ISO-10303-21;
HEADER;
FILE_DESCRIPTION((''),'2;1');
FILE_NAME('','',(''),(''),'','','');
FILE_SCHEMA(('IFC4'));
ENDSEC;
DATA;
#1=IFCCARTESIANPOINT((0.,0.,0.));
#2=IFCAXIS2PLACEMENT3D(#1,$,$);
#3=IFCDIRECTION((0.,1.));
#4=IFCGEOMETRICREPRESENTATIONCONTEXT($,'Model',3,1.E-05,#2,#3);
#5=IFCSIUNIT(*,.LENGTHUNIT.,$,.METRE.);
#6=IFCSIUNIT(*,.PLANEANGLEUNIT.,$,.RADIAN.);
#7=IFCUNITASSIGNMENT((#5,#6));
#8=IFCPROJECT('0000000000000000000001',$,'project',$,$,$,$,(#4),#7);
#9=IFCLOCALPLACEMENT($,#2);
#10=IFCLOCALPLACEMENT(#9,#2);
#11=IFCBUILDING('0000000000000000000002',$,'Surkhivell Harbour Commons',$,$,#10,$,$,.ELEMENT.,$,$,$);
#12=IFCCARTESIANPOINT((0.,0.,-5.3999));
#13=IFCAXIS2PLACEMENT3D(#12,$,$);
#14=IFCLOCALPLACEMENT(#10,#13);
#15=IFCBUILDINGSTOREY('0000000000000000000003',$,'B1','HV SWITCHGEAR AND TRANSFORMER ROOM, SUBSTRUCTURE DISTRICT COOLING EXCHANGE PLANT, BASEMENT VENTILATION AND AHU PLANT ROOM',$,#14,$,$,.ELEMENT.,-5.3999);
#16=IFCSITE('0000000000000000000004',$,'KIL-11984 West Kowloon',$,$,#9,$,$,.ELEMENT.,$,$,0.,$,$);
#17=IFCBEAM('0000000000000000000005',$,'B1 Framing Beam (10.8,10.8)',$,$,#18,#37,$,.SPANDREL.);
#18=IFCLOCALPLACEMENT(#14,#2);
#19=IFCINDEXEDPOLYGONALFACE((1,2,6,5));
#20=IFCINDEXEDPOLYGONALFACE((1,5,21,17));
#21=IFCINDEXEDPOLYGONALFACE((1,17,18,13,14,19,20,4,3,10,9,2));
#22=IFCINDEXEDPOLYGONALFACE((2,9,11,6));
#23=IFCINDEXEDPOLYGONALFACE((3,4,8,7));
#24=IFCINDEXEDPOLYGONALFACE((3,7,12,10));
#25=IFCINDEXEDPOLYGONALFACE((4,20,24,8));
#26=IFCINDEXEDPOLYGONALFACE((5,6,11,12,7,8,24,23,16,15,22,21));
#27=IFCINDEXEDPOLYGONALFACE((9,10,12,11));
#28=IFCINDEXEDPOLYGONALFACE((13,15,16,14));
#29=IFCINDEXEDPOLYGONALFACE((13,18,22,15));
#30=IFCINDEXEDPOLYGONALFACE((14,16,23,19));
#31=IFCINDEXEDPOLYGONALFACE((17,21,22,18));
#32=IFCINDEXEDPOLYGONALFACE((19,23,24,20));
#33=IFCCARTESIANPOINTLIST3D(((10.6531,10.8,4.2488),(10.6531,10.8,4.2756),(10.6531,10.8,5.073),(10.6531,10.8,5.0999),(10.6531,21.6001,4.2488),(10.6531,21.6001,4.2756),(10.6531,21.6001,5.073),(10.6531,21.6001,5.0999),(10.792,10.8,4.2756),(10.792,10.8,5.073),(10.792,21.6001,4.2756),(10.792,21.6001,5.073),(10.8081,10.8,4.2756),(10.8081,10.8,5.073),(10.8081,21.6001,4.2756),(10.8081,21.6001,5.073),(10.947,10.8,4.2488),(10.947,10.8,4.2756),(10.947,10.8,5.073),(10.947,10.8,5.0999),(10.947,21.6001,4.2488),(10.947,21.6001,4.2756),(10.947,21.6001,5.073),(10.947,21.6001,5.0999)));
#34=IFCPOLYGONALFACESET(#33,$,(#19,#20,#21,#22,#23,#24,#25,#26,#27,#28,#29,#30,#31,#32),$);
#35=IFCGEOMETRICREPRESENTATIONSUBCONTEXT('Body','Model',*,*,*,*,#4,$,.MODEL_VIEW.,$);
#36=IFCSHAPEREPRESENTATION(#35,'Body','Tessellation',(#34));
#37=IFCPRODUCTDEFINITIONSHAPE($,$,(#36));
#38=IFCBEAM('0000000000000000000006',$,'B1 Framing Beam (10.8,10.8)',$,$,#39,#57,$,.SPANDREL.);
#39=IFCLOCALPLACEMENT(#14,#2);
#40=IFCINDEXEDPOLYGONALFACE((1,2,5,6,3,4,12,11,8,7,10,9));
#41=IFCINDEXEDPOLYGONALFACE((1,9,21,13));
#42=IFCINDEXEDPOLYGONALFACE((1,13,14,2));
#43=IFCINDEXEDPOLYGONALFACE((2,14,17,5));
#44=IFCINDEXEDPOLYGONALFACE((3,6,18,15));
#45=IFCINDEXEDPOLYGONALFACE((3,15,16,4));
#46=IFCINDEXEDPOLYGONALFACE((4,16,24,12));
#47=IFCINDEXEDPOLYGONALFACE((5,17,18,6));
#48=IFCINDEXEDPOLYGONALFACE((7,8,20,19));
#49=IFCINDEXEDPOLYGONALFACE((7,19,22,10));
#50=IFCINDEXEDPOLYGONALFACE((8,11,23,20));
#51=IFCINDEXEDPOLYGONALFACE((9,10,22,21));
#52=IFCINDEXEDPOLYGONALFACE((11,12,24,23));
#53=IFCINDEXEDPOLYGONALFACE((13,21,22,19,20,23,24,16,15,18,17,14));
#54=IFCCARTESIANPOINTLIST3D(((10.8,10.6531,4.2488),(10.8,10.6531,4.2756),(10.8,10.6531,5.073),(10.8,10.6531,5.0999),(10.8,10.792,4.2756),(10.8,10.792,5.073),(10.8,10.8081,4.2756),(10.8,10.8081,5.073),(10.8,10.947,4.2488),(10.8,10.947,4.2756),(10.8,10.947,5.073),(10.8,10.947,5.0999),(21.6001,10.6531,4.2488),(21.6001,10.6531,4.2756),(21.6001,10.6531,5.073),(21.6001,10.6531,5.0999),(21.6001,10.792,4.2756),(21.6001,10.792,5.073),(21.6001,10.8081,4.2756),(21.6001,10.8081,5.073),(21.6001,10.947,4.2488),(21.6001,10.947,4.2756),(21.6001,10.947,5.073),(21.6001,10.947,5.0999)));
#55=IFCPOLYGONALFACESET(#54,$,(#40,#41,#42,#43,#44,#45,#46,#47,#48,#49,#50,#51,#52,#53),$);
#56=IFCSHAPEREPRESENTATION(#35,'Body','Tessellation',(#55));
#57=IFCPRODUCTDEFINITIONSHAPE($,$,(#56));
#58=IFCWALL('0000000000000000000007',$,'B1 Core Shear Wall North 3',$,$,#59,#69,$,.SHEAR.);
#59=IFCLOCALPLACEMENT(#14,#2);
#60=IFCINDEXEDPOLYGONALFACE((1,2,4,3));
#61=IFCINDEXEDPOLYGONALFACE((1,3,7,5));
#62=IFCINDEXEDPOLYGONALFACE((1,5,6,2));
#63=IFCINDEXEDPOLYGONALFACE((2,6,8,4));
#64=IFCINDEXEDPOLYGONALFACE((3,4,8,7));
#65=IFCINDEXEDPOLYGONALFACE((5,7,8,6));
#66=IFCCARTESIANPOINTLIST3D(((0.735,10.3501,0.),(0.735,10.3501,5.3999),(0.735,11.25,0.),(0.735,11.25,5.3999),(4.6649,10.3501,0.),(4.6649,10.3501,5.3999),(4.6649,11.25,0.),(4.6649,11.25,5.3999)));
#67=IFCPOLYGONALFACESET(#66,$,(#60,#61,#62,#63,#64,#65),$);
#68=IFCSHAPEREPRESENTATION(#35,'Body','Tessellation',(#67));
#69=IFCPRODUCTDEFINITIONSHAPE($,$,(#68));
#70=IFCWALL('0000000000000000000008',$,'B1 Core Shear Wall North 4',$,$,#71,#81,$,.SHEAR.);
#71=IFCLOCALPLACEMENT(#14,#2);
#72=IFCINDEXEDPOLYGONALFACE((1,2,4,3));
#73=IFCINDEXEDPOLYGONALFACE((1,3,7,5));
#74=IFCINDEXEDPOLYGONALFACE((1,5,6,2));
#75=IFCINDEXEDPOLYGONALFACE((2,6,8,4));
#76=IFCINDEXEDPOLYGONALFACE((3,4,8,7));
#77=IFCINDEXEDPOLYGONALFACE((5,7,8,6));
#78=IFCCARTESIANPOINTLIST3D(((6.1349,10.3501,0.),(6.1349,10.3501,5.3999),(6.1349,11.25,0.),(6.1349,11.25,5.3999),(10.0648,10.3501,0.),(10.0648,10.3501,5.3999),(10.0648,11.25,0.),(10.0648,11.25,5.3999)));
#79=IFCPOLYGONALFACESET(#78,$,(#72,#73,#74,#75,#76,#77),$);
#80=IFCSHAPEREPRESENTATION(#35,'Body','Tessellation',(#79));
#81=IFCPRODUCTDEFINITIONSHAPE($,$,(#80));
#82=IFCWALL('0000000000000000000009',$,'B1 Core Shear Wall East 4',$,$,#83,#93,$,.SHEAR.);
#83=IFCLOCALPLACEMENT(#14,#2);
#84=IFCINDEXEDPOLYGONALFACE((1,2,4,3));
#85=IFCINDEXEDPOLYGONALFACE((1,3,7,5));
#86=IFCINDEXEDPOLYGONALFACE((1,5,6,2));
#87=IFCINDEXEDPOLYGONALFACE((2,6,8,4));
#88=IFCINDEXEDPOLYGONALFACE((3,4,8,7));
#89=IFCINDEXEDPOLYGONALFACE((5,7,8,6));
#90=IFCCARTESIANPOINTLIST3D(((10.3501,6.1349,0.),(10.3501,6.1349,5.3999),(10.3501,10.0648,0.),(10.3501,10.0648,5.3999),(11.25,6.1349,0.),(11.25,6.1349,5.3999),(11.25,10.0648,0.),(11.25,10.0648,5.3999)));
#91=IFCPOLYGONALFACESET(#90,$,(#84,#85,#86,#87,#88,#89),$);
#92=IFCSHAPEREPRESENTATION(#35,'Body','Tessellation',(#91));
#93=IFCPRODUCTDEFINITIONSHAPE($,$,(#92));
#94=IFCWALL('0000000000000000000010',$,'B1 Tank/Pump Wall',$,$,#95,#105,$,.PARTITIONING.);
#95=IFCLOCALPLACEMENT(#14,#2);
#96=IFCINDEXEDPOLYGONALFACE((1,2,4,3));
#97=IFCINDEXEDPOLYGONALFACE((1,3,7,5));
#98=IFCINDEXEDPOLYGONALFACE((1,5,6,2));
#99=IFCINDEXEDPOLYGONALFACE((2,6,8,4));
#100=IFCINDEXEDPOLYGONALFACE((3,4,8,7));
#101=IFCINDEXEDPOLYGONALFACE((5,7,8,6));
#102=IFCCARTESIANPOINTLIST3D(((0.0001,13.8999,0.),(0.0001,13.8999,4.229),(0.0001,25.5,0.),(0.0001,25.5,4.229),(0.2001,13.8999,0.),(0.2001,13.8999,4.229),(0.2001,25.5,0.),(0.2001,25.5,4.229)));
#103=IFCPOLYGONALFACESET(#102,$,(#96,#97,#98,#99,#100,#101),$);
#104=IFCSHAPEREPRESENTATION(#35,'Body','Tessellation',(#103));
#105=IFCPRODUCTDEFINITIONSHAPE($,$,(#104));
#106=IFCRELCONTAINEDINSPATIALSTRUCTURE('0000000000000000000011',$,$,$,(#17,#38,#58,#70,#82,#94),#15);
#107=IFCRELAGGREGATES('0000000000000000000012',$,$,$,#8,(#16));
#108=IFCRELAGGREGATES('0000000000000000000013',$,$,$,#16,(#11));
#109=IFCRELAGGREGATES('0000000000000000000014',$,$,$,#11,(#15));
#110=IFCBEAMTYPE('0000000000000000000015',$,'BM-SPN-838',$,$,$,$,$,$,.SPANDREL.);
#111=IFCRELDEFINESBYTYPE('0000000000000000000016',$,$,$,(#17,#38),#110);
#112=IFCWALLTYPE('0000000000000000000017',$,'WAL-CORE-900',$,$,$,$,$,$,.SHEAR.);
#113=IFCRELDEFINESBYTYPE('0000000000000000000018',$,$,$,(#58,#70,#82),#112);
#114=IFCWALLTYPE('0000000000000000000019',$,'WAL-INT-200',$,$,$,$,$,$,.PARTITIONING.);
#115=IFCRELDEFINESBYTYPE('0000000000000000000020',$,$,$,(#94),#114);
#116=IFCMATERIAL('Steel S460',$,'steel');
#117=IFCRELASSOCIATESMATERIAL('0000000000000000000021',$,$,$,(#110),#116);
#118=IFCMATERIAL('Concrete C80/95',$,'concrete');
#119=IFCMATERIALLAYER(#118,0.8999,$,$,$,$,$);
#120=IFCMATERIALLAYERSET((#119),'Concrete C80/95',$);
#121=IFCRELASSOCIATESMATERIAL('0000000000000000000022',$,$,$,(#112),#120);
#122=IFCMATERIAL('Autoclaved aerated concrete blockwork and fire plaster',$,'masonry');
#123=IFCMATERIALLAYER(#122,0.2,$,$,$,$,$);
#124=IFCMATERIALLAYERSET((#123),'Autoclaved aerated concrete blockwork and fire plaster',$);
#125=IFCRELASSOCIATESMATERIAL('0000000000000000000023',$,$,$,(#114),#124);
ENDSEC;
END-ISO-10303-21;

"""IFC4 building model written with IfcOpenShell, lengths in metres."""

from ifc_helpers import new_model, si_unit, direction, frame, frame_2d, origin, origin_2d, place, context, subcontext, project, spatial, rectangle, i_section, extrude, material, layer, layer_set, material_profile, profile_set, type_object, element, save


model = new_model("IFC4")

# Units and contexts
model_context = context("Model", 3, precision=1e-05, world=origin(), true_north=direction((0.0, 1.0)))
body_context = subcontext(model_context, "Body", "Model", "MODEL_VIEW")
ifc_project = project(units=[si_unit("LENGTHUNIT", "METRE"), si_unit("PLANEANGLEUNIT", "RADIAN")], contexts=[model_context])

# Site, building, storey
site_placement = place(None, origin())
site = spatial("IfcSite", under=ifc_project, at=site_placement, Name="KIL-11984 West Kowloon", CompositionType="ELEMENT", RefElevation=0.0)
building_placement = place(site_placement, origin())
building = spatial("IfcBuilding", under=site, at=building_placement, Name="Surkhivell Harbour Commons", CompositionType="ELEMENT")
storey_placement = place(building_placement, frame((0.0, 0.0, -5.3999)))
storey = spatial("IfcBuildingStorey", under=building, at=storey_placement, Name="B1", Description="HV SWITCHGEAR AND TRANSFORMER ROOM, SUBSTRUCTURE DISTRICT COOLING EXCHANGE PLANT, BASEMENT VENTILATION AND AHU PLANT ROOM", CompositionType="ELEMENT", Elevation=-5.3999)

# Shared definitions
ifc_material_1 = material(Name="Concrete C80/95", Category="concrete")

# Beams
ifc_material_2 = material(Name="Steel S460", Category="steel")
ifc_material_profile_1 = material_profile(ifc_material_2, i_section(OverallWidth=0.2939, OverallDepth=0.8511, WebThickness=0.0161, FlangeThickness=0.0269, at=origin_2d()), Name="UB838x292x226")
ifc_profile_set_1 = profile_set([ifc_material_profile_1], Name="Steel S460")
beam_type = type_object("IfcBeamType", Name="BM-SPN-838", PredefinedType="SPANDREL", material=ifc_profile_set_1)
for number, where, z_axis, x_axis, name in (
    (1, (10.8, 10.8, 4.6743), (0.0, 1.0, 0.0), (-1.0, 0.0, 0.0), "B1 Framing Beam (10.8,10.8)"),
    (2, (10.8, 10.8, 4.6743), (1.0, 0.0, 0.0), (0.0, 1.0, 0.0), "B1 Framing Beam (10.8,10.8)"),
):
    element("IfcBeam", number, at=place(storey_placement, frame(where, z_axis=z_axis, x_axis=x_axis)), inside=storey, type_object=beam_type, Name=name, PredefinedType="SPANDREL", context=body_context, shape_type="SweptSolid", body=[
        extrude(i_section(OverallWidth=0.2939, OverallDepth=0.8511, WebThickness=0.0161, FlangeThickness=0.0269, at=origin_2d()), origin(), (0.0, 0.0, 1.0), 10.8),
    ])

# Walls
ifc_layer_1 = layer(ifc_material_1, 0.8999)
ifc_layer_set_1 = layer_set([ifc_layer_1], Name="Concrete C80/95")
wall_type_1 = type_object("IfcWallType", Name="WAL-CORE-900", PredefinedType="SHEAR", material=ifc_layer_set_1)
for number, where, z_axis, x_axis, name in (
    (3, (0.7351, 10.8, 0.0), (0.0, 0.0, 1.0), (1.0, 0.0, 0.0), "B1 Core Shear Wall North 3"),
    (4, (6.135, 10.8, 0.0), (0.0, 0.0, 1.0), (1.0, 0.0, 0.0), "B1 Core Shear Wall North 4"),
    (5, (10.8, 6.135, 0.0), (0.0, 0.0, 1.0), (0.0, 1.0, 0.0), "B1 Core Shear Wall East 4"),
):
    element("IfcWall", number, at=place(storey_placement, frame(where, z_axis=z_axis, x_axis=x_axis)), inside=storey, type_object=wall_type_1, Name=name, PredefinedType="SHEAR", context=body_context, shape_type="SweptSolid", body=[
        extrude(rectangle(XDim=3.9299, YDim=0.8999, at=frame_2d((1.9648, 0.0))), origin(), (0.0, 0.0, 1.0), 5.3999),
    ])
ifc_material_3 = material(Name="Autoclaved aerated concrete blockwork and fire plaster", Category="masonry")
ifc_layer_2 = layer(ifc_material_3, 0.2)
ifc_layer_set_2 = layer_set([ifc_layer_2], Name="Autoclaved aerated concrete blockwork and fire plaster")
wall_type_2 = type_object("IfcWallType", Name="WAL-INT-200", PredefinedType="PARTITIONING", material=ifc_layer_set_2)
wall_placement = place(storey_placement, frame((0.1001, 13.8999, 0.0), z_axis=(0.0, 0.0, 1.0), x_axis=(0.0, 1.0, 0.0)))
element("IfcWall", 6, at=wall_placement, inside=storey, type_object=wall_type_2, Name="B1 Tank/Pump Wall", PredefinedType="PARTITIONING", context=body_context, shape_type="SweptSolid", body=[
    extrude(rectangle(XDim=11.6001, YDim=0.2, at=frame_2d((5.8, 0.0))), origin(), (0.0, 0.0, 1.0), 4.229),
])

save(model, "model.ifc")
